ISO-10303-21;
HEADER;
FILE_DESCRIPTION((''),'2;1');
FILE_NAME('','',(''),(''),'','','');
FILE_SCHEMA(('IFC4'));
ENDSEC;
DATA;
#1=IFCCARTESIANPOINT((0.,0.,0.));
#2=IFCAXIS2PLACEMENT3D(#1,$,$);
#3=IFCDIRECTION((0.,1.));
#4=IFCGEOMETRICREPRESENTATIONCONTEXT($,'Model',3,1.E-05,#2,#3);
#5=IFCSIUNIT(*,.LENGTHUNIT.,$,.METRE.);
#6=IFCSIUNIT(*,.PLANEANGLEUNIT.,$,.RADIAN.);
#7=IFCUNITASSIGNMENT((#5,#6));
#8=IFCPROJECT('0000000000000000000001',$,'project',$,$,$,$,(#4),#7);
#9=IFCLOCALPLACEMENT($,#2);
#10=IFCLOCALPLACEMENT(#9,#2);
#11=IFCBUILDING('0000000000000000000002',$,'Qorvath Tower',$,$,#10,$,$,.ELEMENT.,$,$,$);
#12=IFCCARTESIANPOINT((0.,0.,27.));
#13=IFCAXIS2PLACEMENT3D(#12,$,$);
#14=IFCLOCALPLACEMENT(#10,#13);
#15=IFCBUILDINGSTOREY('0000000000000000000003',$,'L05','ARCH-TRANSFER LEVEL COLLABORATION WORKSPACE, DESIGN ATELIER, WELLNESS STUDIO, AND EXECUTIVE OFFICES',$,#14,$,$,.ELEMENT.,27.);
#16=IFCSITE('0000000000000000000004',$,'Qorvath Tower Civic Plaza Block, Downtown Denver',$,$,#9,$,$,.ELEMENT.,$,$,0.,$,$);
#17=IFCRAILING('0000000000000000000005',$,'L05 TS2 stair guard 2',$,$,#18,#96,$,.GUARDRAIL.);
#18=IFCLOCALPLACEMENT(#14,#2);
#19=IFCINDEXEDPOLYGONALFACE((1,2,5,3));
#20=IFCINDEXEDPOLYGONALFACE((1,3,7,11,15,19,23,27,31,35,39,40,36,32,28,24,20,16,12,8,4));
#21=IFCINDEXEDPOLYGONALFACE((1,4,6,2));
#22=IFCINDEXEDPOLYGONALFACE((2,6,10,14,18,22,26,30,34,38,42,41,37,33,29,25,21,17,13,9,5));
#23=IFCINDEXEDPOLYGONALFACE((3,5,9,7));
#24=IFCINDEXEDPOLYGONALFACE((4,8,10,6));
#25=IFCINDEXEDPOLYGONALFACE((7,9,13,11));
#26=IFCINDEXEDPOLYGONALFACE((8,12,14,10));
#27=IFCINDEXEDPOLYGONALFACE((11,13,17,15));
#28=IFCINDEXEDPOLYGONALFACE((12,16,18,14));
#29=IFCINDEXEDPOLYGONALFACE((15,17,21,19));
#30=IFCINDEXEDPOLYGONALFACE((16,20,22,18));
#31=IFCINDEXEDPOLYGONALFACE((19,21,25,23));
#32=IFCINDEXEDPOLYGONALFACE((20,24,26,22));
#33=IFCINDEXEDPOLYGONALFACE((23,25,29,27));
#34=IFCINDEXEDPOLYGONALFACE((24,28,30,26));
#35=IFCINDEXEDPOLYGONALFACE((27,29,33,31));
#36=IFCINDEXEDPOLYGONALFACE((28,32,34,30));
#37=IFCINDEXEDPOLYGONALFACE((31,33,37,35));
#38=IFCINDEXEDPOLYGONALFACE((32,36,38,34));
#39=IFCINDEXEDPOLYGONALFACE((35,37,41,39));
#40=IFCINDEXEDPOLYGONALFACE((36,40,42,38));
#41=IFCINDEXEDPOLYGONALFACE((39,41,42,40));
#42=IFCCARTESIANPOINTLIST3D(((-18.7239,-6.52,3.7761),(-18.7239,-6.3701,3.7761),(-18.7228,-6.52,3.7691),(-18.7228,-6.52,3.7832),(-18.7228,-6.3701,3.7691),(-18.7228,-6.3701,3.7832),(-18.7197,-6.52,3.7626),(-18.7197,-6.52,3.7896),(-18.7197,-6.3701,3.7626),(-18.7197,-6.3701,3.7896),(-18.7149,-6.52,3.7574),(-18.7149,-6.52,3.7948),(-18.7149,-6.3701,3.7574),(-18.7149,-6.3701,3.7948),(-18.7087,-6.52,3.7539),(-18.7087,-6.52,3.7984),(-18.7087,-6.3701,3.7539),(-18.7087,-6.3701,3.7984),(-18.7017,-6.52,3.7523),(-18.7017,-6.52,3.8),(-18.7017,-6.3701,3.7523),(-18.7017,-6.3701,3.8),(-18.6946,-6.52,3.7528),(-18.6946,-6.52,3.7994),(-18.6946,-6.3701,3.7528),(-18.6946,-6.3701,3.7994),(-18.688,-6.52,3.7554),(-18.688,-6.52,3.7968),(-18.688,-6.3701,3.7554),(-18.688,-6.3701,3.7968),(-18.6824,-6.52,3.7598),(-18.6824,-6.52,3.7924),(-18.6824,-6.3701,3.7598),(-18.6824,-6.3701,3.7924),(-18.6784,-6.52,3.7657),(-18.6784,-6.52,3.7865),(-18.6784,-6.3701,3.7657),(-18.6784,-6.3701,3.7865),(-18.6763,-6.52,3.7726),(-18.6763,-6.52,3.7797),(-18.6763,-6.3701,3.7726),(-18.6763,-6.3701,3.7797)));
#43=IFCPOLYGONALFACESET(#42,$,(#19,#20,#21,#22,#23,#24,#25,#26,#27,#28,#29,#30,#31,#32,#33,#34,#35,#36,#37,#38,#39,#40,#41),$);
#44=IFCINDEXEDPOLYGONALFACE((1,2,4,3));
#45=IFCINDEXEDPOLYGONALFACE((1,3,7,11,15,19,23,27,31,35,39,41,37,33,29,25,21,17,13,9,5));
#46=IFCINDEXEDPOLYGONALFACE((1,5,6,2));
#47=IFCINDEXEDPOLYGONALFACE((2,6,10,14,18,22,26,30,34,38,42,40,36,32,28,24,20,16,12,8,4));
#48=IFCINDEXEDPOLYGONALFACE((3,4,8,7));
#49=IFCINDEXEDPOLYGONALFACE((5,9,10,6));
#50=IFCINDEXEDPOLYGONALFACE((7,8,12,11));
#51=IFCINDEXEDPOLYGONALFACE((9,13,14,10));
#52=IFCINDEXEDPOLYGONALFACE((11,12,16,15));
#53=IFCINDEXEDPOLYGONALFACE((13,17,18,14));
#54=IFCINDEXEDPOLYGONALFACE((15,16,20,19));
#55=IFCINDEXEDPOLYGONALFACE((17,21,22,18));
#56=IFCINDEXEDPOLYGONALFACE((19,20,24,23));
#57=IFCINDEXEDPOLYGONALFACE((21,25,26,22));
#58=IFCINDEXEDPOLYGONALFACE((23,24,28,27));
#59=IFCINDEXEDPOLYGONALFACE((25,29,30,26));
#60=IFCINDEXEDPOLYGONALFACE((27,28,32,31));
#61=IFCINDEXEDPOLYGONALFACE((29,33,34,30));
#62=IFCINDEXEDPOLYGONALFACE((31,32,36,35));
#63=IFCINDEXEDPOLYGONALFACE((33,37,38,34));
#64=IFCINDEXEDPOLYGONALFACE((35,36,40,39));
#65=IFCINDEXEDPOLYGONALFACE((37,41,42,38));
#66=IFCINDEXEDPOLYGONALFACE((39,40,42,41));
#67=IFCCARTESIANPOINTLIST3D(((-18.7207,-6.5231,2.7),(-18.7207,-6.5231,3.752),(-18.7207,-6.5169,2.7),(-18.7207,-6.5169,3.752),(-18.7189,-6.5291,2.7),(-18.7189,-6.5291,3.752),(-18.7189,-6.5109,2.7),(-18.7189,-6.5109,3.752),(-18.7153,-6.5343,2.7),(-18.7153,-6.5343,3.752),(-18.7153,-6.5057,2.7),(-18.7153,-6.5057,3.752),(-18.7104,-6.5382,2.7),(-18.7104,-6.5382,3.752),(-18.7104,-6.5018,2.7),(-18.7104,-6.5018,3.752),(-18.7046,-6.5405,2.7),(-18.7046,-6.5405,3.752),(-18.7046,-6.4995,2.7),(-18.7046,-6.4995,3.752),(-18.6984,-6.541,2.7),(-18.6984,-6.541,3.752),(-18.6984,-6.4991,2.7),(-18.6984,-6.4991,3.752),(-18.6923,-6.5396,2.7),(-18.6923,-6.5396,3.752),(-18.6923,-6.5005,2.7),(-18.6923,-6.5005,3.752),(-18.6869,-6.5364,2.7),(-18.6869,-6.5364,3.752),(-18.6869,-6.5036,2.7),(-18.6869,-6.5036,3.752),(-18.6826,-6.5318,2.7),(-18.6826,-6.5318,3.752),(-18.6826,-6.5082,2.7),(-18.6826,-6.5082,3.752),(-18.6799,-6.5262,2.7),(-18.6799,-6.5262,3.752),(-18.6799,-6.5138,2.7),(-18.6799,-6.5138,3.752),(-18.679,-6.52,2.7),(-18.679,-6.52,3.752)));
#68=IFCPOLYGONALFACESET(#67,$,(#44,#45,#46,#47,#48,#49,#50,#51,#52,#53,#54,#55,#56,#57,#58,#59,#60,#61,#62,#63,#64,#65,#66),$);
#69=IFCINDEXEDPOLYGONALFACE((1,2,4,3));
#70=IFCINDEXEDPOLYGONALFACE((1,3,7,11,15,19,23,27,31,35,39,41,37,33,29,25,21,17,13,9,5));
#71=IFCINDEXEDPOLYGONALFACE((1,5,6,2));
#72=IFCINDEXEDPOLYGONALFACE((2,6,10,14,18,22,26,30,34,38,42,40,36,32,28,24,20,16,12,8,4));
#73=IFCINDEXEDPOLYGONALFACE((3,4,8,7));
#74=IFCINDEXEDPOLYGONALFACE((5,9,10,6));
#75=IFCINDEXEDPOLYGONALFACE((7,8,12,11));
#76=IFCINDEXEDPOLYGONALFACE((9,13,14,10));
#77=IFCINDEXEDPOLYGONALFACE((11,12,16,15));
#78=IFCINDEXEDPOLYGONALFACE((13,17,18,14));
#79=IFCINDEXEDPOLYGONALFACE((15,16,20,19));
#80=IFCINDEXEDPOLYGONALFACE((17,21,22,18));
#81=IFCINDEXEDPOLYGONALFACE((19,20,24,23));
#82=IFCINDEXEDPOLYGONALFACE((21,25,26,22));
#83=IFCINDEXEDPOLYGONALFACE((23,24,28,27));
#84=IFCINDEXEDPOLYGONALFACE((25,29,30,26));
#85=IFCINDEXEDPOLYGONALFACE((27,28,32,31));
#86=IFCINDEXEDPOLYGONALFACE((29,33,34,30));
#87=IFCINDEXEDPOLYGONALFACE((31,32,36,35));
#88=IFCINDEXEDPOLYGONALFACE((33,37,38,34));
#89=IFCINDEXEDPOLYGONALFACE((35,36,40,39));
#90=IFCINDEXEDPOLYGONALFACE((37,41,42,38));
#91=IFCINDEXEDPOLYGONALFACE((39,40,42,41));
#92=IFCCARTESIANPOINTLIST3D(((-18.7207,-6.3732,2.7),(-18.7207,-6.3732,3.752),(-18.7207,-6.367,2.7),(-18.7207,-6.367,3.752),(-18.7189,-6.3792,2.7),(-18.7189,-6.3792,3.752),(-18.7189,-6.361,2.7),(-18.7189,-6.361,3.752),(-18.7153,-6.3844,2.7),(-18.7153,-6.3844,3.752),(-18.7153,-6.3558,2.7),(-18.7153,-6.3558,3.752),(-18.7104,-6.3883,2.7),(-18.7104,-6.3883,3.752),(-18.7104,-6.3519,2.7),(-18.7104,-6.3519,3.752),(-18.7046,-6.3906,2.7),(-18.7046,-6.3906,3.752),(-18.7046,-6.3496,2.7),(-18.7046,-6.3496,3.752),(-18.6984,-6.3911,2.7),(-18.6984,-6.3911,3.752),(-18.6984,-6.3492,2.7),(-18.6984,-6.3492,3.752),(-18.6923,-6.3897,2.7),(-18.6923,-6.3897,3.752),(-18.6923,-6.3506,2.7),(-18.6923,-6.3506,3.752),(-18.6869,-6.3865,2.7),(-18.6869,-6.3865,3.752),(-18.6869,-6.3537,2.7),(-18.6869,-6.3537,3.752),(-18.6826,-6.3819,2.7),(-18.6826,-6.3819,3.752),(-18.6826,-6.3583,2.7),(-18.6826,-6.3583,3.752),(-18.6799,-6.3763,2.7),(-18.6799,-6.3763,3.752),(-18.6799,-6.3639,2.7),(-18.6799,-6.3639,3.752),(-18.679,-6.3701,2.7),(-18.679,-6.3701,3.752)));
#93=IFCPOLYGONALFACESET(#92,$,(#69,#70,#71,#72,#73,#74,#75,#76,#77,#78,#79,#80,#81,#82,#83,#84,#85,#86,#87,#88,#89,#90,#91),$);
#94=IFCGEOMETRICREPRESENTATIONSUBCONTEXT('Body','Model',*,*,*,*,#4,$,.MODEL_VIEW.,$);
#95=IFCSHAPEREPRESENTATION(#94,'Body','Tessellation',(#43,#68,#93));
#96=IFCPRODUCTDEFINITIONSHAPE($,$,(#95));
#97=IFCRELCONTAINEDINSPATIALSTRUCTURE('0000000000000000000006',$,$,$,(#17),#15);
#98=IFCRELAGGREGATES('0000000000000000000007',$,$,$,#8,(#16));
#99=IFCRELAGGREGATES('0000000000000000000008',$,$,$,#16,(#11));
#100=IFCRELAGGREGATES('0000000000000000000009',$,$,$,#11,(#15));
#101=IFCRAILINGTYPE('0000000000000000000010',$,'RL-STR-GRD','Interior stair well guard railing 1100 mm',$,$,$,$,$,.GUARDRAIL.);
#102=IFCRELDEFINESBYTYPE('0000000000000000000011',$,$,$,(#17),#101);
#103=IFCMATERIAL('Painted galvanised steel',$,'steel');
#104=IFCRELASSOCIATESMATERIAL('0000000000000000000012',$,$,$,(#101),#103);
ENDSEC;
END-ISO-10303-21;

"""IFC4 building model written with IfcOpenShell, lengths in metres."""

from ifc_helpers import new_model, si_unit, direction, frame, origin, origin_2d, place, context, subcontext, project, spatial, circle, extrude, material, type_object, element, save


model = new_model("IFC4")

# Units and contexts
model_context = context("Model", 3, precision=1e-05, world=origin(), true_north=direction((0.0, 1.0)))
body_context = subcontext(model_context, "Body", "Model", "MODEL_VIEW")
ifc_project = project(units=[si_unit("LENGTHUNIT", "METRE"), si_unit("PLANEANGLEUNIT", "RADIAN")], contexts=[model_context])

# Site, building, storey
site_placement = place(None, origin())
site = spatial("IfcSite", under=ifc_project, at=site_placement, Name="Qorvath Tower Civic Plaza Block, Downtown Denver", CompositionType="ELEMENT", RefElevation=0.0)
building_placement = place(site_placement, origin())
building = spatial("IfcBuilding", under=site, at=building_placement, Name="Qorvath Tower", CompositionType="ELEMENT")
storey_placement = place(building_placement, frame((0.0, 0.0, 27.0)))
storey = spatial("IfcBuildingStorey", under=building, at=storey_placement, Name="L05", Description="ARCH-TRANSFER LEVEL COLLABORATION WORKSPACE, DESIGN ATELIER, WELLNESS STUDIO, AND EXECUTIVE OFFICES", CompositionType="ELEMENT", Elevation=27.0)

# Railing
ifc_material_1 = material(Name="Painted galvanised steel", Category="steel")
railing_type_1 = type_object("IfcRailingType", Name="RL-STR-GRD", Description="Interior stair well guard railing 1100 mm", PredefinedType="GUARDRAIL", material=ifc_material_1)
railing_1_placement = place(storey_placement, frame((-18.7, -6.52, 2.7)))
element("IfcRailing", 1, at=railing_1_placement, inside=storey, type_object=railing_type_1, Name="L05 TS2 stair guard 2", PredefinedType="GUARDRAIL", context=body_context, shape_type="SweptSolid", body=[
    extrude(circle(Radius=0.0239, at=origin_2d()), frame((0.0, 0.0, 1.0762), z_axis=(0.0, 1.0, 0.0), x_axis=(-1.0, 0.0, 0.0)), (0.0, 0.0, 1.0), 0.1499),
    extrude(circle(Radius=0.021, at=origin_2d()), origin(), (0.0, 0.0, 1.0), 1.052),
    extrude(circle(Radius=0.021, at=origin_2d()), frame((0.0, 0.1499, 0.0)), (0.0, 0.0, 1.0), 1.052),
])

save(model, "model.ifc")
